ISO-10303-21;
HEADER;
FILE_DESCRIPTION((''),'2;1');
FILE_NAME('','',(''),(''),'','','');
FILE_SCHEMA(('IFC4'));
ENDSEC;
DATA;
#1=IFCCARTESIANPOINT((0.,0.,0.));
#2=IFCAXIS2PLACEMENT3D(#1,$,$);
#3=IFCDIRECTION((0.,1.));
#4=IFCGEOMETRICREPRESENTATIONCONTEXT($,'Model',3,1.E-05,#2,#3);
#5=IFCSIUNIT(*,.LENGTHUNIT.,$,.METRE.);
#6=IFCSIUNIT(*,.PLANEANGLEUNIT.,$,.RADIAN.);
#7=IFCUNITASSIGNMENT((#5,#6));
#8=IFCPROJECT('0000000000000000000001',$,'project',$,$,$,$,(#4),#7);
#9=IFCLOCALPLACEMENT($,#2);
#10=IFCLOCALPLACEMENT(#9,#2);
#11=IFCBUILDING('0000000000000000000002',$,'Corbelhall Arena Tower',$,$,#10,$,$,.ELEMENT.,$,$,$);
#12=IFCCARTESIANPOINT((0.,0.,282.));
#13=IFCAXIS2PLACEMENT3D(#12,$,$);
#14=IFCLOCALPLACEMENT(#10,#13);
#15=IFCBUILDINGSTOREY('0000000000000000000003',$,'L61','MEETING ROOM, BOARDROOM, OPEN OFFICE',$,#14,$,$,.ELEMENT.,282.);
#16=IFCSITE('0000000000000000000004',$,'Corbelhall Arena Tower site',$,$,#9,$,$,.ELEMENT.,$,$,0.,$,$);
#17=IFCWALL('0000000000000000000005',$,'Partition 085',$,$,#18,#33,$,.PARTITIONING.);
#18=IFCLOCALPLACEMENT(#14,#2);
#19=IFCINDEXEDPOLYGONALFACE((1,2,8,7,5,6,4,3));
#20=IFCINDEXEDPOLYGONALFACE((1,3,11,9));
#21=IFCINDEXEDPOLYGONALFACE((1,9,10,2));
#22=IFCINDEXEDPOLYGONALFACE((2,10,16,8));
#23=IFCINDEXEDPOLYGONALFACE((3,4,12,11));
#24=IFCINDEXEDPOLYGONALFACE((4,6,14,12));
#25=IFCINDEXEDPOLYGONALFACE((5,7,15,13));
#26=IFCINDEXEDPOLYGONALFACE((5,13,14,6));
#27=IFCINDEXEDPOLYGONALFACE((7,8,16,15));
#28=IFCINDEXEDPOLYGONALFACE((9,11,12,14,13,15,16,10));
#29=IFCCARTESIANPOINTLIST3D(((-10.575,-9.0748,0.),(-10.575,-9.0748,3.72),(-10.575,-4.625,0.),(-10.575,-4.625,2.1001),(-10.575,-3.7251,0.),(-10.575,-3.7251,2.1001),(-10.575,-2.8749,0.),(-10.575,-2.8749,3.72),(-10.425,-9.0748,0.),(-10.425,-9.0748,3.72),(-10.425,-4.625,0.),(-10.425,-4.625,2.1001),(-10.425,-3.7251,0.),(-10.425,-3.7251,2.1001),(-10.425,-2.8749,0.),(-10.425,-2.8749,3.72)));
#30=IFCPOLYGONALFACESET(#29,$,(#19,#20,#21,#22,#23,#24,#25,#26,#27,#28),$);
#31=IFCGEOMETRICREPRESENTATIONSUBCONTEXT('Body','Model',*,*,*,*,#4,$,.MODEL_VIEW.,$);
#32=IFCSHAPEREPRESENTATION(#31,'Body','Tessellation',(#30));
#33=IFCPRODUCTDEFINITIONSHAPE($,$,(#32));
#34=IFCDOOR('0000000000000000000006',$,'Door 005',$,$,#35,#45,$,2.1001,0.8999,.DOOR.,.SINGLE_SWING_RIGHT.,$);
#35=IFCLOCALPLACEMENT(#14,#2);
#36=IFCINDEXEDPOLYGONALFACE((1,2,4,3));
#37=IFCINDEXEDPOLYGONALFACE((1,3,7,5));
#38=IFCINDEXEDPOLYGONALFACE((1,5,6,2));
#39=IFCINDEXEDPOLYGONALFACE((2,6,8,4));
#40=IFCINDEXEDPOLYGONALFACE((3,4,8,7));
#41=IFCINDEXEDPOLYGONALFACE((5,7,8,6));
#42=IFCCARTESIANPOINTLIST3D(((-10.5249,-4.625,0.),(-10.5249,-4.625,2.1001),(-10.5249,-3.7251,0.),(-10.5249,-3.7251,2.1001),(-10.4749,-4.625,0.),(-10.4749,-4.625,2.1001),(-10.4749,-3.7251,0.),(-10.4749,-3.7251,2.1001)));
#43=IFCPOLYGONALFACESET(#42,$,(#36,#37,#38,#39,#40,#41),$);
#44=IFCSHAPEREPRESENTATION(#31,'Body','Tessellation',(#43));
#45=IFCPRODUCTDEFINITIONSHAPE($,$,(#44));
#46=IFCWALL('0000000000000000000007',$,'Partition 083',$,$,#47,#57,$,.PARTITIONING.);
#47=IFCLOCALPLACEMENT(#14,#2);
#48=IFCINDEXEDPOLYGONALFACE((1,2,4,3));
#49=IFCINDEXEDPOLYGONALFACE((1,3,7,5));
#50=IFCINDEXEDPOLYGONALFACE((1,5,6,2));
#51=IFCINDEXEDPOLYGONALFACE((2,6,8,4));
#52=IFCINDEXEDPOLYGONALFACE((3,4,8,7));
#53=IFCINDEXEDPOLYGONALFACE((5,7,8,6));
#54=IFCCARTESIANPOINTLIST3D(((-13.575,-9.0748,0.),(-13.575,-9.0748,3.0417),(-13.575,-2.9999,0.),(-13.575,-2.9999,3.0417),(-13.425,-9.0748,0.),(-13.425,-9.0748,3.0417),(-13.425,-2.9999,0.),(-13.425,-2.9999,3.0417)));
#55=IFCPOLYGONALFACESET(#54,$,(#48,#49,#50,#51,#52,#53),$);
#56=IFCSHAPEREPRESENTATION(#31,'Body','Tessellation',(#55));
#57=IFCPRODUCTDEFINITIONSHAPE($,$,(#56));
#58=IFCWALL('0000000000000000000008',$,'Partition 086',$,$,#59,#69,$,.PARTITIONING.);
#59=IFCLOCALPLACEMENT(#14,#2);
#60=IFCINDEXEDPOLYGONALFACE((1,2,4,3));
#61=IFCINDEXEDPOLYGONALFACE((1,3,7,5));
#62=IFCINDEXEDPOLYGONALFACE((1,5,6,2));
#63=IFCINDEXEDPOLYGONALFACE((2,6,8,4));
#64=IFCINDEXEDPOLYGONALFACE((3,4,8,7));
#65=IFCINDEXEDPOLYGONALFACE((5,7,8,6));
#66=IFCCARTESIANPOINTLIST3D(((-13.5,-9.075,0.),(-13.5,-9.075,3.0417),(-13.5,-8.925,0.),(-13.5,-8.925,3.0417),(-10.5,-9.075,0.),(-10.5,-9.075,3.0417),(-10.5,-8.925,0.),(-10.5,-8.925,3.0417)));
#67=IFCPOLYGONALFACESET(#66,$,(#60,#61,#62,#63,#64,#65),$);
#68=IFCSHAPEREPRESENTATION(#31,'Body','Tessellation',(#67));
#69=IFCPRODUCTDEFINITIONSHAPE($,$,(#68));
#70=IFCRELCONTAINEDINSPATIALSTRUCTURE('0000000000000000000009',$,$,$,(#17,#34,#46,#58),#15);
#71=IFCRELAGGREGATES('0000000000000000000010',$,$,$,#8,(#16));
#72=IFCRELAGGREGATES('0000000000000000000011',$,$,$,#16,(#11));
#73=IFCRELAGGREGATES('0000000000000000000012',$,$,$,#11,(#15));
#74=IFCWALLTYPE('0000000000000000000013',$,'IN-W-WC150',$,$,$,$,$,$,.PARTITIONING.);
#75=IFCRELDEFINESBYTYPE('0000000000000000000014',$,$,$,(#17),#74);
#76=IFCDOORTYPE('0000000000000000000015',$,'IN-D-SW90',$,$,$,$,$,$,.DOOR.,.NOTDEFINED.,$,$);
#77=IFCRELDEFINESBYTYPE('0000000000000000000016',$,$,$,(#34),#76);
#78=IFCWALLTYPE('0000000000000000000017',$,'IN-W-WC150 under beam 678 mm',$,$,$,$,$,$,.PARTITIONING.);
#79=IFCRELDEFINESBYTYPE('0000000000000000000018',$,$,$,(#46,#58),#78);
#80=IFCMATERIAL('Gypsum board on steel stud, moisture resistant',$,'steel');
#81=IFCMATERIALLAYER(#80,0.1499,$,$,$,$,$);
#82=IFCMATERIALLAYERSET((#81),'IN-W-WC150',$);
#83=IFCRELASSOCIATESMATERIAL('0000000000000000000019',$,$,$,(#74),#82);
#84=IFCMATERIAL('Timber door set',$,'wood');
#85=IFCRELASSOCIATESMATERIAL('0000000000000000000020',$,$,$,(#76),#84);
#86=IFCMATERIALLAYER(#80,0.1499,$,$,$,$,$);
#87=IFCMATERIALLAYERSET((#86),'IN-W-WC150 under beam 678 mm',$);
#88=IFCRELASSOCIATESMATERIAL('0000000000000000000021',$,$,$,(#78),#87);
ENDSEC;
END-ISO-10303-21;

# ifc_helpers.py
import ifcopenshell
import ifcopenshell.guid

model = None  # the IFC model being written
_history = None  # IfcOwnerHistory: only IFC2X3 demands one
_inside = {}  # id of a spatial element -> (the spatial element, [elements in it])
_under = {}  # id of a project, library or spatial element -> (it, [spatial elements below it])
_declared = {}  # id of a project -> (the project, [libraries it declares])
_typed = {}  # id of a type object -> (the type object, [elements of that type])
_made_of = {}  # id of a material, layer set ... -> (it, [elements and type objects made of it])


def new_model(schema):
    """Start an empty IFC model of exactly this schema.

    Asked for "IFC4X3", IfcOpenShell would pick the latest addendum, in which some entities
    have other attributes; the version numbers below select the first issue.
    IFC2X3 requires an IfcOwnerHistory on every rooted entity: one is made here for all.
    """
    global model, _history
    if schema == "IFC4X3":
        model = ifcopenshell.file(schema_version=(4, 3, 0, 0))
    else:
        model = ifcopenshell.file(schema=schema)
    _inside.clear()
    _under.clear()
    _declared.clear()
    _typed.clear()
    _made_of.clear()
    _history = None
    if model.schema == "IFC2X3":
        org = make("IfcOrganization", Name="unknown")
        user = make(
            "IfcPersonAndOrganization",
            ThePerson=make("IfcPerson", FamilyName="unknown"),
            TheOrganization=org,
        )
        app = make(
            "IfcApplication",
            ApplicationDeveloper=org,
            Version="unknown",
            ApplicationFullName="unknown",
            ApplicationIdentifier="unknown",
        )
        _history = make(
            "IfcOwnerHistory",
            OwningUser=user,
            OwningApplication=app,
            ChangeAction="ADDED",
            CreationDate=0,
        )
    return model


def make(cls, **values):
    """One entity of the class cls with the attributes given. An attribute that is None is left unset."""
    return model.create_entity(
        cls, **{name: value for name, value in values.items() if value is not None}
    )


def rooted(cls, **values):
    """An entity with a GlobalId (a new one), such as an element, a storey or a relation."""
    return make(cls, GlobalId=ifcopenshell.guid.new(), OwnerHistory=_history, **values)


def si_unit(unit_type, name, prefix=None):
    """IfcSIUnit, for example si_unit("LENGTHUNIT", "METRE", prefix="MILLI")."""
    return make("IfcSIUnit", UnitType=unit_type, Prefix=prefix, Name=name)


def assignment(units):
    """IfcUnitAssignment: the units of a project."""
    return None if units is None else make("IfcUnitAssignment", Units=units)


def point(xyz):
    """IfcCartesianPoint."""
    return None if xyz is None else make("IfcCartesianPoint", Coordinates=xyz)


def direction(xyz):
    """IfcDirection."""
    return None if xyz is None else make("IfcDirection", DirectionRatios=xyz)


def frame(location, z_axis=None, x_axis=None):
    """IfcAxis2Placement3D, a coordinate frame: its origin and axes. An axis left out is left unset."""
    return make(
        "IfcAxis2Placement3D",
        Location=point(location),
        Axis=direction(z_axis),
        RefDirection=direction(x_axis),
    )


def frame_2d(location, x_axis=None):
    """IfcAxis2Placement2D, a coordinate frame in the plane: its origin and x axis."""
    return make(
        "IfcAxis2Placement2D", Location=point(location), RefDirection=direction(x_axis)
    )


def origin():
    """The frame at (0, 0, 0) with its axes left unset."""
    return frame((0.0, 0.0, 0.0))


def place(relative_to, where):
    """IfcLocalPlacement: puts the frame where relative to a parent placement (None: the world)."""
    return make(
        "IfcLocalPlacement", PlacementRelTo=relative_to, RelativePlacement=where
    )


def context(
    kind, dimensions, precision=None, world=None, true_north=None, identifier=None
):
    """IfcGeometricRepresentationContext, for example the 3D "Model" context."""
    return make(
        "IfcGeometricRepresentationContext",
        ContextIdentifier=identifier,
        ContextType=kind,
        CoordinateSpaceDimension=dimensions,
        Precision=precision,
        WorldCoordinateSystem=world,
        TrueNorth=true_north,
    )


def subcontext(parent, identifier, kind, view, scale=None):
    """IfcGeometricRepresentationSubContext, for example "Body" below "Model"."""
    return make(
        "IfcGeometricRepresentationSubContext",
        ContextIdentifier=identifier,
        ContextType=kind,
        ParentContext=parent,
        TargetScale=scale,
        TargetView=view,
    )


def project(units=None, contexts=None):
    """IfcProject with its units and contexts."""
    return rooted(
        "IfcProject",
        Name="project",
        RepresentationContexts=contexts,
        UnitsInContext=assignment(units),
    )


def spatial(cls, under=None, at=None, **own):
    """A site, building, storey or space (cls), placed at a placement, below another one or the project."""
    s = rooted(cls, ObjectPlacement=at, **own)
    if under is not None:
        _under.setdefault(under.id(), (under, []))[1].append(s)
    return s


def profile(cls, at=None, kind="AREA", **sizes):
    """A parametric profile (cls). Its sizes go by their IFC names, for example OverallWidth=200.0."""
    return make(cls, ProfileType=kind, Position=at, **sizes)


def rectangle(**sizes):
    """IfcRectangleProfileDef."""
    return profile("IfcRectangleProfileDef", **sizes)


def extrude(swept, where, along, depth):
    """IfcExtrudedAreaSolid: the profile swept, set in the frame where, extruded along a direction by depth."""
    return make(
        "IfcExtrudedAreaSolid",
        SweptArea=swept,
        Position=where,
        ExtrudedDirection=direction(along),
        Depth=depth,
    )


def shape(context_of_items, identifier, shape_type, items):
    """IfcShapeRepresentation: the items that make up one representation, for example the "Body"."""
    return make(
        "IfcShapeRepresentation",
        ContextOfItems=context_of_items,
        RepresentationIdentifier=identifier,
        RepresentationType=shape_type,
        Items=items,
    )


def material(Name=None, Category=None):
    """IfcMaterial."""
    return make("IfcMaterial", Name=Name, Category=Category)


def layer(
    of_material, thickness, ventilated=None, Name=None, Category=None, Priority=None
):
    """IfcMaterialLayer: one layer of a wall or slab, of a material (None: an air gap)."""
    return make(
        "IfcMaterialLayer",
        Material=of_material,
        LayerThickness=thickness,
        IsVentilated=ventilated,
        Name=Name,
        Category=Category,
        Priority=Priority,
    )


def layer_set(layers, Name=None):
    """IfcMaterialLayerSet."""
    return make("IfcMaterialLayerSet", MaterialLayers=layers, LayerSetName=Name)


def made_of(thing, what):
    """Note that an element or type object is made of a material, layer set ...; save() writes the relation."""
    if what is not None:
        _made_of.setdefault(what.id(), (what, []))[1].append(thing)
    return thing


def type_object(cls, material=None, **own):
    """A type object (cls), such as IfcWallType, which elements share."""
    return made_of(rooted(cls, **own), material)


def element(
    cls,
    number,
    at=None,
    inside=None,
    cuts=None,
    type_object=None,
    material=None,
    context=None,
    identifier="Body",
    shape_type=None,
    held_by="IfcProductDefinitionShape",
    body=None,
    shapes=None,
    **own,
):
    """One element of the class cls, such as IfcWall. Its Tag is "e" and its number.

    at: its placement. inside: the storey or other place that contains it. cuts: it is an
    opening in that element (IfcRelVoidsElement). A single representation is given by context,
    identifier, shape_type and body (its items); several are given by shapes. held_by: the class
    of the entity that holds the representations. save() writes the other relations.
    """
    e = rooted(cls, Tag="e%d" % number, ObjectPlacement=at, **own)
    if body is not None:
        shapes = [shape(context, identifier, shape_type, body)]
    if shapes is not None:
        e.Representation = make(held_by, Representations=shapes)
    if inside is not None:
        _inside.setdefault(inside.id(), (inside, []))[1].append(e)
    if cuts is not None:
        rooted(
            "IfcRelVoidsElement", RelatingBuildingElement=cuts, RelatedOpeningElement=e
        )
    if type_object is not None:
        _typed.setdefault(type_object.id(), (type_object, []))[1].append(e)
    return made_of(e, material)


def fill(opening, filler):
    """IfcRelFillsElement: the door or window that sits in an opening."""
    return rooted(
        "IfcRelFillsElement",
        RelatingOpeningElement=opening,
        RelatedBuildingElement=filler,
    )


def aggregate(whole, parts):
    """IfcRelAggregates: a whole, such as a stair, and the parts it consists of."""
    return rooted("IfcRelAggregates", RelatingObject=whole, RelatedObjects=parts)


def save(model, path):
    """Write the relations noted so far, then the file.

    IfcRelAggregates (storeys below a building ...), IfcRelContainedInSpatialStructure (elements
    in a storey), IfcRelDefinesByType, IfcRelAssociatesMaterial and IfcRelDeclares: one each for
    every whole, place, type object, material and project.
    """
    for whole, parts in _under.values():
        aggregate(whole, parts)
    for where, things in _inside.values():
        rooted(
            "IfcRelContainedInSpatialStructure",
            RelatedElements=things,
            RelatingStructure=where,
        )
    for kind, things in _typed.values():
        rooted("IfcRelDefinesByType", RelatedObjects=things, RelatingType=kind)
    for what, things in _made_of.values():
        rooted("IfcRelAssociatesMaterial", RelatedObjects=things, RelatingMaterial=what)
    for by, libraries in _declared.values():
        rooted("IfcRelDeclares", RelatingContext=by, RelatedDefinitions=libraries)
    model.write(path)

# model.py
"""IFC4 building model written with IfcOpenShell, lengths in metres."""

from ifc_helpers import new_model, si_unit, direction, frame, frame_2d, origin, place, context, subcontext, project, spatial, rectangle, extrude, material, layer, layer_set, type_object, element, fill, save


model = new_model("IFC4")

# Units and contexts
model_context = context("Model", 3, precision=1e-05, world=origin(), true_north=direction((0.0, 1.0)))
body_context = subcontext(model_context, "Body", "Model", "MODEL_VIEW")
ifc_project = project(units=[si_unit("LENGTHUNIT", "METRE"), si_unit("PLANEANGLEUNIT", "RADIAN")], contexts=[model_context])

# Site, building, storey
site_placement = place(None, origin())
site = spatial("IfcSite", under=ifc_project, at=site_placement, Name="Corbelhall Arena Tower site", CompositionType="ELEMENT", RefElevation=0.0)
building_placement = place(site_placement, origin())
building = spatial("IfcBuilding", under=site, at=building_placement, Name="Corbelhall Arena Tower", CompositionType="ELEMENT")
storey_placement = place(building_placement, frame((0.0, 0.0, 282.0)))
storey = spatial("IfcBuildingStorey", under=building, at=storey_placement, Name="L61", Description="MEETING ROOM, BOARDROOM, OPEN OFFICE", CompositionType="ELEMENT", Elevation=282.0)

# Wall, opening, door
ifc_material_1 = material(Name="Gypsum board on steel stud, moisture resistant", Category="steel")
ifc_layer_1 = layer(ifc_material_1, 0.1499)
ifc_layer_set_1 = layer_set([ifc_layer_1], Name="IN-W-WC150")
wall_type_1 = type_object("IfcWallType", Name="IN-W-WC150", PredefinedType="PARTITIONING", material=ifc_layer_set_1)
wall_1_placement = place(storey_placement, frame((-10.5, -9.075, 0.0), z_axis=(0.0, 0.0, 1.0), x_axis=(0.0, 1.0, 0.0)))
wall_1 = element("IfcWall", 1, at=wall_1_placement, inside=storey, type_object=wall_type_1, Name="Partition 085", PredefinedType="PARTITIONING", context=body_context, shape_type="SweptSolid", body=[
    extrude(rectangle(XDim=6.2, YDim=0.1499, at=frame_2d((3.1001, 0.0))), origin(), (0.0, 0.0, 1.0), 3.72),
])
opening_1_placement = place(wall_1_placement, frame((4.45, 0.0, 0.0)))
opening_1 = element("IfcOpeningElement", 2, at=opening_1_placement, cuts=wall_1, PredefinedType="OPENING", context=body_context, shape_type="SweptSolid", body=[
    extrude(rectangle(XDim=0.8999, YDim=2.1001, at=frame_2d((0.45, 1.05))), frame((0.0, 0.075, 0.0), z_axis=(0.0, -1.0, 0.0), x_axis=(1.0, 0.0, 0.0)), (0.0, 0.0, 1.0), 0.1499),
])
ifc_material_2 = material(Name="Timber door set", Category="wood")
door_type_1 = type_object("IfcDoorType", Name="IN-D-SW90", OperationType="NOTDEFINED", PredefinedType="DOOR", material=ifc_material_2)
door_1_placement = place(opening_1_placement, origin())
door_1 = element("IfcDoor", 3, at=door_1_placement, inside=storey, type_object=door_type_1, Name="Door 005", OperationType="SINGLE_SWING_RIGHT", OverallHeight=2.1001, OverallWidth=0.8999, PredefinedType="DOOR", context=body_context, shape_type="SweptSolid", body=[
    extrude(rectangle(XDim=0.8999, YDim=2.1001, at=frame_2d((0.45, 1.05))), frame((0.0, 0.0249, 0.0), z_axis=(0.0, -1.0, 0.0), x_axis=(1.0, 0.0, 0.0)), (0.0, 0.0, 1.0), 0.05),
])
fill(opening_1, door_1)

# Walls
ifc_layer_2 = layer(ifc_material_1, 0.1499)
ifc_layer_set_2 = layer_set([ifc_layer_2], Name="IN-W-WC150 under beam 678 mm")
wall_type_2 = type_object("IfcWallType", Name="IN-W-WC150 under beam 678 mm", PredefinedType="PARTITIONING", material=ifc_layer_set_2)
wall_2_placement = place(storey_placement, frame((-13.5, -9.075, 0.0), z_axis=(0.0, 0.0, 1.0), x_axis=(0.0, 1.0, 0.0)))
element("IfcWall", 4, at=wall_2_placement, inside=storey, type_object=wall_type_2, Name="Partition 083", PredefinedType="PARTITIONING", context=body_context, shape_type="SweptSolid", body=[
    extrude(rectangle(XDim=6.075, YDim=0.1499, at=frame_2d((3.0376, 0.0))), origin(), (0.0, 0.0, 1.0), 3.0417),
])
wall_3_placement = place(storey_placement, frame((-10.5, -9.0, 0.0), z_axis=(0.0, 0.0, 1.0), x_axis=(-1.0, 0.0, 0.0)))
element("IfcWall", 5, at=wall_3_placement, inside=storey, type_object=wall_type_2, Name="Partition 086", PredefinedType="PARTITIONING", context=body_context, shape_type="SweptSolid", body=[
    extrude(rectangle(XDim=3.0, YDim=0.1499, at=frame_2d((1.5, 0.0))), origin(), (0.0, 0.0, 1.0), 3.0417),
])

save(model, "model.ifc")
